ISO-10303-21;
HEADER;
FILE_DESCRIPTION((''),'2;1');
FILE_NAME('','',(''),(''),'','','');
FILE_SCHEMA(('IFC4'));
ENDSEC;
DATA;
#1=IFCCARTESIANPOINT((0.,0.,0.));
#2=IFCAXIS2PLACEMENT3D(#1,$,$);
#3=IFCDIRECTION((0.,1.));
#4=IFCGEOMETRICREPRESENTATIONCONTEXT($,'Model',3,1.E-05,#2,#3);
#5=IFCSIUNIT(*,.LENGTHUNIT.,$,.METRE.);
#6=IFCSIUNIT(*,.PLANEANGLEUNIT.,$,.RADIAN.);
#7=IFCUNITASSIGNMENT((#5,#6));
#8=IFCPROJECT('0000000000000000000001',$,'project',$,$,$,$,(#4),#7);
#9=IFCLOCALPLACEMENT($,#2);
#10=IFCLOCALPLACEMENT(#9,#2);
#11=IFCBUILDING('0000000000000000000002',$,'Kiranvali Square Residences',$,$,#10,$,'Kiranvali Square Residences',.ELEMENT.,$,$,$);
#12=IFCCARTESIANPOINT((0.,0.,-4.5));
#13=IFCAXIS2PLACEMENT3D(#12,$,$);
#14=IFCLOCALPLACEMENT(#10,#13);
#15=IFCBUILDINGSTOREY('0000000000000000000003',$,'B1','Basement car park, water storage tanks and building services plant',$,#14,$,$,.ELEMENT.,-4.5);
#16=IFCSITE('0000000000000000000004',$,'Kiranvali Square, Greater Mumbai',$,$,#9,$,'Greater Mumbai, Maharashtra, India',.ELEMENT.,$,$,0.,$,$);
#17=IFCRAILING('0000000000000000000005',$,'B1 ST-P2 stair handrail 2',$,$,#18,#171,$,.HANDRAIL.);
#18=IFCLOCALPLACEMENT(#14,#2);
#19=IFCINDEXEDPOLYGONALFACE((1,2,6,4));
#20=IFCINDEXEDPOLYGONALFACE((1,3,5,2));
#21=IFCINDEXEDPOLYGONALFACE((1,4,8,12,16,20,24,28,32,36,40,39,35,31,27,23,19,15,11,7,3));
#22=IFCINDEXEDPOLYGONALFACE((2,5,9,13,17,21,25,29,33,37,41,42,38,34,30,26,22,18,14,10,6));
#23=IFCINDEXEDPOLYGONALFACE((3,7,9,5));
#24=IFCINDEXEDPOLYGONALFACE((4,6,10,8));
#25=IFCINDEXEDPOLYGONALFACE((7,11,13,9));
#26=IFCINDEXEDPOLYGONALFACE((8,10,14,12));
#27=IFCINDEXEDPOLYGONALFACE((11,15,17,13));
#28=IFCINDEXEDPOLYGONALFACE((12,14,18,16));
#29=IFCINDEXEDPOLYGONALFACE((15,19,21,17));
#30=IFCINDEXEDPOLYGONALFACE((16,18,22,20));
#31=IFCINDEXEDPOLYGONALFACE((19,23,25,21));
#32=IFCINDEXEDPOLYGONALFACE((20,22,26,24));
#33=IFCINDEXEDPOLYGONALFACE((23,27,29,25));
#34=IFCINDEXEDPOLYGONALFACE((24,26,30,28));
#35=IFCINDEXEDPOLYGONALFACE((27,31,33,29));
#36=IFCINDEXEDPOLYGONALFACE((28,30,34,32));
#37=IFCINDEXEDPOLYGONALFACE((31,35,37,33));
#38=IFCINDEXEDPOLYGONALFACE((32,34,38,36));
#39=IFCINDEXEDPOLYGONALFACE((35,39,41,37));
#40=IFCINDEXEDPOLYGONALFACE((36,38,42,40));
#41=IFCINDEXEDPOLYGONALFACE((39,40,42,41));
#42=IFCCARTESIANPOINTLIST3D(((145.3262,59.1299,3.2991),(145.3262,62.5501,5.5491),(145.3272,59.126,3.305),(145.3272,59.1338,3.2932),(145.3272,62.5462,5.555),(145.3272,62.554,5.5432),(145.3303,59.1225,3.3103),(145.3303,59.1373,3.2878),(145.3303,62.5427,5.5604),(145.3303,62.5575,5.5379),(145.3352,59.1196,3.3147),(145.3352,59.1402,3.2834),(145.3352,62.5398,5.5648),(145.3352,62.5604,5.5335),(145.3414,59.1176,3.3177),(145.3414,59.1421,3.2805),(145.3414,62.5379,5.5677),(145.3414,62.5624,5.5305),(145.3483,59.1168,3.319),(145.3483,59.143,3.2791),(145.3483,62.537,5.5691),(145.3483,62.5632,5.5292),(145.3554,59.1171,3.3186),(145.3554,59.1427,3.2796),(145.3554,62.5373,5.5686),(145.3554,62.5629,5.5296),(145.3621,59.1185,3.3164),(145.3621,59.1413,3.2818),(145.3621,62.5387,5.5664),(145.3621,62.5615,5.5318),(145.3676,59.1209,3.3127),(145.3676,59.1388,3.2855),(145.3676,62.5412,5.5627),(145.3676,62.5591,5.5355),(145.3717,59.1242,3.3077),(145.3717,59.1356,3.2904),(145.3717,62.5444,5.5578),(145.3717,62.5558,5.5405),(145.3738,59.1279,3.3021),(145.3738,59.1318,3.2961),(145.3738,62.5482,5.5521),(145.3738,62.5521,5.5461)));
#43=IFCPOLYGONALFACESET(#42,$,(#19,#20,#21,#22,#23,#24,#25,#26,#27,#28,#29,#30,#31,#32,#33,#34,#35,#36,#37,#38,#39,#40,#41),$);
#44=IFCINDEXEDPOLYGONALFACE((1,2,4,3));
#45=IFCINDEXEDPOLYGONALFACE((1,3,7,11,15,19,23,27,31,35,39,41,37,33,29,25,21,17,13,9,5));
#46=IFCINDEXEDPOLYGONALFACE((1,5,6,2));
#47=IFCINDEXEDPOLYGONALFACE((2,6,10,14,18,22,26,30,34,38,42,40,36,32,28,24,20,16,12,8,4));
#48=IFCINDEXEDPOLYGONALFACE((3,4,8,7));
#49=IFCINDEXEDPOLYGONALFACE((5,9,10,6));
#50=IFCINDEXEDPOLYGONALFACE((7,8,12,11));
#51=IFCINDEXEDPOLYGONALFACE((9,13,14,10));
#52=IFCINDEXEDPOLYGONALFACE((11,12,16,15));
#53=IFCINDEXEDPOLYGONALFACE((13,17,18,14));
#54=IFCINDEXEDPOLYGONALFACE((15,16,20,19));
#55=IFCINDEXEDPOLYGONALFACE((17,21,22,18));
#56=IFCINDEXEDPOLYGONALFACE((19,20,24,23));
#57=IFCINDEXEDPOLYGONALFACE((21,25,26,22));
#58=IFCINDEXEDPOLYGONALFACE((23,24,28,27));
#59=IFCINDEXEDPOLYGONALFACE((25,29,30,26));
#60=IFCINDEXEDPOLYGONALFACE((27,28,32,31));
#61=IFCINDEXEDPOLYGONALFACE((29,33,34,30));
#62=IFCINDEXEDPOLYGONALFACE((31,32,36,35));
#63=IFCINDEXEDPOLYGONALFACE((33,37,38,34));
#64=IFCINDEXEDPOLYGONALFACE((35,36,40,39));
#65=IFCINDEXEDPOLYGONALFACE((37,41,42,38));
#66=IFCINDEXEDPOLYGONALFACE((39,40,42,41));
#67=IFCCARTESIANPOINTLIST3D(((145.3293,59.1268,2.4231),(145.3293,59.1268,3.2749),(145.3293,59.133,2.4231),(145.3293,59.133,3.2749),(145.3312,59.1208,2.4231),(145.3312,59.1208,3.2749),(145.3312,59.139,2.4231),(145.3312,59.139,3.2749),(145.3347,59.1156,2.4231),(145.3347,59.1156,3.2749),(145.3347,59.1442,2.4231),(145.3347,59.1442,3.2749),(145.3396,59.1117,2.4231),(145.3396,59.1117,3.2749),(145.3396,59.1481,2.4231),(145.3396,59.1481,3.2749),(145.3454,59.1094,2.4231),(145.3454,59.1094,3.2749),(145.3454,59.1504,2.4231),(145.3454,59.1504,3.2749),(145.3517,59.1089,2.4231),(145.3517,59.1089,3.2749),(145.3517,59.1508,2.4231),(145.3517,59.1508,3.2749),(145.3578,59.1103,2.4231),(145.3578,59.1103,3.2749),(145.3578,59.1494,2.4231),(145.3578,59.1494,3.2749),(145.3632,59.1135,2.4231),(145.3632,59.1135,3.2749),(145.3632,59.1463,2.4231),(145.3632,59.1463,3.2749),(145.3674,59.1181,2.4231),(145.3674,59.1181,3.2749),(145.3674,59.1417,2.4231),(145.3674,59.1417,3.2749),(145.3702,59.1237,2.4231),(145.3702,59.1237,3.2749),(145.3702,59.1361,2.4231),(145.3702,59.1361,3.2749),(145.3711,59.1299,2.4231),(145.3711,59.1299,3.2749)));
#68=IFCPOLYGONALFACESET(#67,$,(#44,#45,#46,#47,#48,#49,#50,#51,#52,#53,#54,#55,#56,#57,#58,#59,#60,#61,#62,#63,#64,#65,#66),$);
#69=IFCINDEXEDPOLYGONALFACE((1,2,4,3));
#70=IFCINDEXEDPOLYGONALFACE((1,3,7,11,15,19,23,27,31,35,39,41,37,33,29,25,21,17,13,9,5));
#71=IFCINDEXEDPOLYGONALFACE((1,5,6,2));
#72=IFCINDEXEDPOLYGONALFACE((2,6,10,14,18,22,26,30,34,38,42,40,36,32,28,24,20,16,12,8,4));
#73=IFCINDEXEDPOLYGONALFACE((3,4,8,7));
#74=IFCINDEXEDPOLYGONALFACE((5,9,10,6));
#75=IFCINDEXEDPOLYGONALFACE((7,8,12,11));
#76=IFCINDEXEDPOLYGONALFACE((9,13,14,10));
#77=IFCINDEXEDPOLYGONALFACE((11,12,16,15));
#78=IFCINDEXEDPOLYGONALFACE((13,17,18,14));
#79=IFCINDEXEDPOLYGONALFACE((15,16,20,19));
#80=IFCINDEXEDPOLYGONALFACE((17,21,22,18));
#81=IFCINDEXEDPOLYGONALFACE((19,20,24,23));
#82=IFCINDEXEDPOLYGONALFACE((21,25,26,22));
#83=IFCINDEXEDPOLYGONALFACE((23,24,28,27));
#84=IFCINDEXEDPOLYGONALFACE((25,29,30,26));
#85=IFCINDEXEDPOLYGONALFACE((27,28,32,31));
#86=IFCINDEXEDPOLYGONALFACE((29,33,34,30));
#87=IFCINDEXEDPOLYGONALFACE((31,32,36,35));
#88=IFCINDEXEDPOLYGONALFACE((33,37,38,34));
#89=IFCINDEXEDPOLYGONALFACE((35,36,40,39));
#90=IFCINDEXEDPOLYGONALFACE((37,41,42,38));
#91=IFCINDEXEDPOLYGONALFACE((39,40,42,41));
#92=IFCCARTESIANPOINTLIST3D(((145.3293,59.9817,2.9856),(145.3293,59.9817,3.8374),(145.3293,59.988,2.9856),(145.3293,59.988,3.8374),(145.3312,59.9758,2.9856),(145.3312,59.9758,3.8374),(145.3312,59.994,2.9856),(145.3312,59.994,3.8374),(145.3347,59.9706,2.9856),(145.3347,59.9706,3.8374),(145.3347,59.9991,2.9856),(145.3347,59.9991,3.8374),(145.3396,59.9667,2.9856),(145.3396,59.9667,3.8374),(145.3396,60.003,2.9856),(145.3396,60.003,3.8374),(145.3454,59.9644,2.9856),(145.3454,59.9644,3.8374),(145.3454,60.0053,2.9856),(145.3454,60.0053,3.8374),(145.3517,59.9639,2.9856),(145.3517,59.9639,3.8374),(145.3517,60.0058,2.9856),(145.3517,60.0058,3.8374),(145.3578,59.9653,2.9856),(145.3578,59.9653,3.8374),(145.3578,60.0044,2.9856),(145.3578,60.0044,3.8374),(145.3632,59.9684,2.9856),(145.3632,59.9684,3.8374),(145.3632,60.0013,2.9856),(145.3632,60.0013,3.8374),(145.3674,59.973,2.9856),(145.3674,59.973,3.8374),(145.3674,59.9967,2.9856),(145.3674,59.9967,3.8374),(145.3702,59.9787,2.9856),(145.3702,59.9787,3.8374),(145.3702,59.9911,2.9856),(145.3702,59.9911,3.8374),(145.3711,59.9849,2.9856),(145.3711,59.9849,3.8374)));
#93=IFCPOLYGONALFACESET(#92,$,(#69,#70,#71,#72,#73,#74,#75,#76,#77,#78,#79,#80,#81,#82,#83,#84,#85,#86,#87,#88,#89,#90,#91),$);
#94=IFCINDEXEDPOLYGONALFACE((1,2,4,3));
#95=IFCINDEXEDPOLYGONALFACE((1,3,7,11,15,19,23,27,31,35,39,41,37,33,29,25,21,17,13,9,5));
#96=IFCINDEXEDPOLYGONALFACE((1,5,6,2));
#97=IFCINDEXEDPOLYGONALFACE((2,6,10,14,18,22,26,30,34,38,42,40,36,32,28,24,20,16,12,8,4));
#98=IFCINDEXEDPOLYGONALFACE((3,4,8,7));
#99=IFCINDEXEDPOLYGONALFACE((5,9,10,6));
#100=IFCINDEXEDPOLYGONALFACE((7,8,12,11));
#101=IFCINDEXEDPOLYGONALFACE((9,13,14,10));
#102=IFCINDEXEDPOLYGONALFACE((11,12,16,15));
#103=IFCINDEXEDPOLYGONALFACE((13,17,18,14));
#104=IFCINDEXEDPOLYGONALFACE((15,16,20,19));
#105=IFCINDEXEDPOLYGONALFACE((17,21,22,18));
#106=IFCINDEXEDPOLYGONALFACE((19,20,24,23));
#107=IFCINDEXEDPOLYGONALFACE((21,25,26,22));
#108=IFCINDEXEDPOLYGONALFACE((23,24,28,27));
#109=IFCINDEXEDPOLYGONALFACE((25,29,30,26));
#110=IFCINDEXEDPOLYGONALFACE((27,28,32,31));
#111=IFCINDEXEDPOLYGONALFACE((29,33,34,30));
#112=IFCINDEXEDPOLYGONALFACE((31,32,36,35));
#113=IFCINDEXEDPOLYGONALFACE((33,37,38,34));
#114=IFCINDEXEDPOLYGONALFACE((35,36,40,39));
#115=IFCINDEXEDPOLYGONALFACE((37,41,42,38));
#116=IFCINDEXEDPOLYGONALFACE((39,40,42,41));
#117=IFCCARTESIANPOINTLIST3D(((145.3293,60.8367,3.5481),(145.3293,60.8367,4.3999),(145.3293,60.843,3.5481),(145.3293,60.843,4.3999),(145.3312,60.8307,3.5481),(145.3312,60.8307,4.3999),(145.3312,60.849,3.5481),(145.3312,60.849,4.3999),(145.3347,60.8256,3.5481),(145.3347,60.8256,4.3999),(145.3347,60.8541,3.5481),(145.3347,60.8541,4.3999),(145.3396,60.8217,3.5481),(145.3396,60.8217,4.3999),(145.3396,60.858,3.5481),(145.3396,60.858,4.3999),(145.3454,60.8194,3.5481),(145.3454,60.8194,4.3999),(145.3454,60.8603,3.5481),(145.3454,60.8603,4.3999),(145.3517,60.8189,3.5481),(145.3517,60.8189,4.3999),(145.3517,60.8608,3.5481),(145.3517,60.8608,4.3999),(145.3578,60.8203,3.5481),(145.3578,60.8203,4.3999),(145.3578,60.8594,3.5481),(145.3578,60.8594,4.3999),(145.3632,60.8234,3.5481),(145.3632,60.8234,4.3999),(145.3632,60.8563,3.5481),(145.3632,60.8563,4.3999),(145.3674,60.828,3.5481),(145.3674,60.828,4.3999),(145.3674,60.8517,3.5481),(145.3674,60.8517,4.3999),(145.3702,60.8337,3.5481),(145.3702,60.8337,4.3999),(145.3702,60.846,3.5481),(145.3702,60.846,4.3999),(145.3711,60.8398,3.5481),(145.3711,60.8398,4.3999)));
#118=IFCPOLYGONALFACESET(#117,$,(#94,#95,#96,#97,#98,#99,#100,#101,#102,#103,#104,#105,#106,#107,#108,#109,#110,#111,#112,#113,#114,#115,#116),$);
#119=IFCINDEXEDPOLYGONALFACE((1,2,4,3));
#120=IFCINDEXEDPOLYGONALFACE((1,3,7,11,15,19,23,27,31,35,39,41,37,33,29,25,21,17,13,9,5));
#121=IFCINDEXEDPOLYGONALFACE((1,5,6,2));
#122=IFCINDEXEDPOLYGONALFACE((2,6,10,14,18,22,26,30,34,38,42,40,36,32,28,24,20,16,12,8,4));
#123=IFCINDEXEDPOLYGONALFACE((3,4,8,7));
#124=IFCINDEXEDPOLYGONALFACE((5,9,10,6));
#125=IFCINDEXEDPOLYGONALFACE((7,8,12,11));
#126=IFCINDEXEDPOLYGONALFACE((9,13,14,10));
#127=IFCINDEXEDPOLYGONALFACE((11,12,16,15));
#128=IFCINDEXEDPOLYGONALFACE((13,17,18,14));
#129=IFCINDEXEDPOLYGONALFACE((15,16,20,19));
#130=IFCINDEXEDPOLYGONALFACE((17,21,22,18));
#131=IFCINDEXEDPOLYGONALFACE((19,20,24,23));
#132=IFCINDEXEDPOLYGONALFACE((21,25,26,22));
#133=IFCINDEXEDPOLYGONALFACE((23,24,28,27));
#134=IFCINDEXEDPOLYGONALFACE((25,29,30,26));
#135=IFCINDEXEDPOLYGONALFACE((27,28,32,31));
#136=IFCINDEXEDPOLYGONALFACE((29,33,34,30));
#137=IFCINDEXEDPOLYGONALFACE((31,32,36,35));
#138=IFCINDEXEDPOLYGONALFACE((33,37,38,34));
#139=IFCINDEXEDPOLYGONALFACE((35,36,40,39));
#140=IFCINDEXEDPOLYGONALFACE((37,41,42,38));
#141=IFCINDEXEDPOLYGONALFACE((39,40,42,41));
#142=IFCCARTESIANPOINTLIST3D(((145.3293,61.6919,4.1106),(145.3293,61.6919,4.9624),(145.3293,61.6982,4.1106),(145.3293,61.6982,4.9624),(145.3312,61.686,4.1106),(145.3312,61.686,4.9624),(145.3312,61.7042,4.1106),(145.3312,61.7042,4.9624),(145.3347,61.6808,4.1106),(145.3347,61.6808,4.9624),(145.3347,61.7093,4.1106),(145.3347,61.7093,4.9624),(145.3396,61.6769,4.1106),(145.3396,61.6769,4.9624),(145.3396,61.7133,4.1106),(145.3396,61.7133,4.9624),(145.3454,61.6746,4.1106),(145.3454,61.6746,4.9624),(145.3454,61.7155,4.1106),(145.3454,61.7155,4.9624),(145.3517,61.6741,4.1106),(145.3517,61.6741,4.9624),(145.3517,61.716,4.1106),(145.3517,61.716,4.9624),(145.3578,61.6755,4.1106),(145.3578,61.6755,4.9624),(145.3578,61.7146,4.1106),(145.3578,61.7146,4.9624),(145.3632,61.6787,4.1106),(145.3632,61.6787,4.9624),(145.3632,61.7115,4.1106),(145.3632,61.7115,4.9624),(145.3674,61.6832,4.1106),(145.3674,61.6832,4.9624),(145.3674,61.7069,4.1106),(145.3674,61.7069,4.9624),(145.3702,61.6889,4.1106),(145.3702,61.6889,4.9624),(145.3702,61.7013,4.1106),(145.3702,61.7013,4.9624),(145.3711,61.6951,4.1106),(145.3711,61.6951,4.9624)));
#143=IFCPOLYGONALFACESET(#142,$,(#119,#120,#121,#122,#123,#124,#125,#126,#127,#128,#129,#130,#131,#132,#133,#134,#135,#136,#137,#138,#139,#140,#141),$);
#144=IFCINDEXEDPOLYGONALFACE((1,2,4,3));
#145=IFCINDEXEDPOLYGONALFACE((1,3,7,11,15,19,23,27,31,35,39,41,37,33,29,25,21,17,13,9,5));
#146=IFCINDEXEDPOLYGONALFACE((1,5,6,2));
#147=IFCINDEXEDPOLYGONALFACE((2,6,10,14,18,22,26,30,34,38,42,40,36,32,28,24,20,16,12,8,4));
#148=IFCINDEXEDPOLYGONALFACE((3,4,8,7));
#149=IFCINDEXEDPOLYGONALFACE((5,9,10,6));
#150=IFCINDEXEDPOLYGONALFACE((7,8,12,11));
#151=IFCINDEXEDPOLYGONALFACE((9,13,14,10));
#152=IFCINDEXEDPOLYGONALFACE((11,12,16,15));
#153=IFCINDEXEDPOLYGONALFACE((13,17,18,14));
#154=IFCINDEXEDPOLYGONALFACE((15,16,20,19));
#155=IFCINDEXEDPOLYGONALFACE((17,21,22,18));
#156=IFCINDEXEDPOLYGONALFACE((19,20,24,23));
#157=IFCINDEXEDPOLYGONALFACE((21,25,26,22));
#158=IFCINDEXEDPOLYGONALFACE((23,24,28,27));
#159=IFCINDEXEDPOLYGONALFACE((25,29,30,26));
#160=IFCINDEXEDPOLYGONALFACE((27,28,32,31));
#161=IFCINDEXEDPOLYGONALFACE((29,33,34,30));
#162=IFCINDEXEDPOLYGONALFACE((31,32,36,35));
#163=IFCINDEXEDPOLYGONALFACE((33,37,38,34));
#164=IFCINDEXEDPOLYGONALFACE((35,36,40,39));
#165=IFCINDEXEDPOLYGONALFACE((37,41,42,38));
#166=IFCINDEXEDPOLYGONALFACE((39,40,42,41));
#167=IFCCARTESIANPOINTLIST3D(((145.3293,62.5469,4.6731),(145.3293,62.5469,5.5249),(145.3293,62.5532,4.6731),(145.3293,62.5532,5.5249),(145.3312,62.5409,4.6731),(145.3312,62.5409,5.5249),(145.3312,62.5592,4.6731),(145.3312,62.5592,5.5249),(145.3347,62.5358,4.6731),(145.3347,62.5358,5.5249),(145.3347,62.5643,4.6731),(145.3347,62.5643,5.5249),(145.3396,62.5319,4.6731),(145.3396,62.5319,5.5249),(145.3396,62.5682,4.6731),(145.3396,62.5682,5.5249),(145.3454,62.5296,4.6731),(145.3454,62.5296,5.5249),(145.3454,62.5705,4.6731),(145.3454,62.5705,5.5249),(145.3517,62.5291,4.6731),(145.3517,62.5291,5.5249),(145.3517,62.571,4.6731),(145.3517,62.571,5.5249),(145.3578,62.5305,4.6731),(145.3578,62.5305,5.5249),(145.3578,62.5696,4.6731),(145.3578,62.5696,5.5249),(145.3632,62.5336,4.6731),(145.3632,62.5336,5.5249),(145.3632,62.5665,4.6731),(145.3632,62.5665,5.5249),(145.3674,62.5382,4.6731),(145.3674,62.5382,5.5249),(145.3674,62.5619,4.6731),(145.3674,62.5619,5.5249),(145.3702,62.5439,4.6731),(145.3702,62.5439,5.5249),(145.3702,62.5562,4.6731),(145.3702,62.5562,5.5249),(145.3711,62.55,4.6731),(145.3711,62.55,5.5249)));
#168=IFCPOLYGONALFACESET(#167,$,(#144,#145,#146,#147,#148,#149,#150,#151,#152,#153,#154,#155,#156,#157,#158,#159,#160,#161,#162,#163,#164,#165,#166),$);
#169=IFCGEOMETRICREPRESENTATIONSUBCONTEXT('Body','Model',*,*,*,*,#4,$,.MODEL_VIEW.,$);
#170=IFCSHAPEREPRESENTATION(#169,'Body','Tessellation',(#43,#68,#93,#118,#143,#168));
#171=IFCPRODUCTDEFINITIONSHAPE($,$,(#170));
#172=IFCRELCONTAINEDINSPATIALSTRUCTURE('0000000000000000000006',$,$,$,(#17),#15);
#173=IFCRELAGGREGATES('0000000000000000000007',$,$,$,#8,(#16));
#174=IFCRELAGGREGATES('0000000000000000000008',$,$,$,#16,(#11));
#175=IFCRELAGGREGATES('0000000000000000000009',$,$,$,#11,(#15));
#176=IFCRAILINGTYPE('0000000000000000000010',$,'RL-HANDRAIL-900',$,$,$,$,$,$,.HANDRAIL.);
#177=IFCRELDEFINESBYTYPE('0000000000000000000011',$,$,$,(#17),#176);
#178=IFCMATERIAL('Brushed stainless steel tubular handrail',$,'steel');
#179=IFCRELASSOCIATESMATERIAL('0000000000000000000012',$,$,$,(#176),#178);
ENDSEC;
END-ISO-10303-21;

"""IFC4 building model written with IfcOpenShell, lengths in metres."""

from ifc_helpers import new_model, si_unit, direction, frame, origin, origin_2d, place, context, subcontext, project, spatial, circle, extrude, material, type_object, element, save


model = new_model("IFC4")

# Units and contexts
model_context = context("Model", 3, precision=1e-05, world=origin(), true_north=direction((0.0, 1.0)))
body_context = subcontext(model_context, "Body", "Model", "MODEL_VIEW")
ifc_project = project(units=[si_unit("LENGTHUNIT", "METRE"), si_unit("PLANEANGLEUNIT", "RADIAN")], contexts=[model_context])

# Site, building, storey
site_placement = place(None, origin())
site = spatial("IfcSite", under=ifc_project, at=site_placement, Name="Kiranvali Square, Greater Mumbai", LongName="Greater Mumbai, Maharashtra, India", CompositionType="ELEMENT", RefElevation=0.0)
building_placement = place(site_placement, origin())
building = spatial("IfcBuilding", under=site, at=building_placement, Name="Kiranvali Square Residences", LongName="Kiranvali Square Residences", CompositionType="ELEMENT")
storey_placement = place(building_placement, frame((0.0, 0.0, -4.5)))
storey = spatial("IfcBuildingStorey", under=building, at=storey_placement, Name="B1", Description="Basement car park, water storage tanks and building services plant", CompositionType="ELEMENT", Elevation=-4.5)

# Railing
ifc_material_1 = material(Name="Brushed stainless steel tubular handrail", Category="steel")
railing_type_1 = type_object("IfcRailingType", Name="RL-HANDRAIL-900", PredefinedType="HANDRAIL", material=ifc_material_1)
railing_1_placement = place(storey_placement, frame((145.3501, 59.1299, 2.4231)))
element("IfcRailing", 1, at=railing_1_placement, inside=storey, type_object=railing_type_1, Name="B1 ST-P2 stair handrail 2", PredefinedType="HANDRAIL", context=body_context, shape_type="SweptSolid", body=[
    extrude(circle(Radius=0.0239, at=origin_2d()), frame((0.0, 0.0, 0.876), z_axis=(0.0, 0.835429, 0.549598), x_axis=(-1.0, 0.0, 0.0)), (0.0, 0.0, 1.0), 4.094),
    extrude(circle(Radius=0.021, at=origin_2d()), origin(), (0.0, 0.0, 1.0), 0.8518),
    extrude(circle(Radius=0.021, at=origin_2d()), frame((0.0, 0.855, 0.5625)), (0.0, 0.0, 1.0), 0.8518),
    extrude(circle(Radius=0.021, at=origin_2d()), frame((0.0, 1.71, 1.125)), (0.0, 0.0, 1.0), 0.8518),
    extrude(circle(Radius=0.021, at=origin_2d()), frame((0.0, 2.5652, 1.6875)), (0.0, 0.0, 1.0), 0.8518),
    extrude(circle(Radius=0.021, at=origin_2d()), frame((0.0, 3.4202, 2.25)), (0.0, 0.0, 1.0), 0.8518),
])

save(model, "model.ifc")
